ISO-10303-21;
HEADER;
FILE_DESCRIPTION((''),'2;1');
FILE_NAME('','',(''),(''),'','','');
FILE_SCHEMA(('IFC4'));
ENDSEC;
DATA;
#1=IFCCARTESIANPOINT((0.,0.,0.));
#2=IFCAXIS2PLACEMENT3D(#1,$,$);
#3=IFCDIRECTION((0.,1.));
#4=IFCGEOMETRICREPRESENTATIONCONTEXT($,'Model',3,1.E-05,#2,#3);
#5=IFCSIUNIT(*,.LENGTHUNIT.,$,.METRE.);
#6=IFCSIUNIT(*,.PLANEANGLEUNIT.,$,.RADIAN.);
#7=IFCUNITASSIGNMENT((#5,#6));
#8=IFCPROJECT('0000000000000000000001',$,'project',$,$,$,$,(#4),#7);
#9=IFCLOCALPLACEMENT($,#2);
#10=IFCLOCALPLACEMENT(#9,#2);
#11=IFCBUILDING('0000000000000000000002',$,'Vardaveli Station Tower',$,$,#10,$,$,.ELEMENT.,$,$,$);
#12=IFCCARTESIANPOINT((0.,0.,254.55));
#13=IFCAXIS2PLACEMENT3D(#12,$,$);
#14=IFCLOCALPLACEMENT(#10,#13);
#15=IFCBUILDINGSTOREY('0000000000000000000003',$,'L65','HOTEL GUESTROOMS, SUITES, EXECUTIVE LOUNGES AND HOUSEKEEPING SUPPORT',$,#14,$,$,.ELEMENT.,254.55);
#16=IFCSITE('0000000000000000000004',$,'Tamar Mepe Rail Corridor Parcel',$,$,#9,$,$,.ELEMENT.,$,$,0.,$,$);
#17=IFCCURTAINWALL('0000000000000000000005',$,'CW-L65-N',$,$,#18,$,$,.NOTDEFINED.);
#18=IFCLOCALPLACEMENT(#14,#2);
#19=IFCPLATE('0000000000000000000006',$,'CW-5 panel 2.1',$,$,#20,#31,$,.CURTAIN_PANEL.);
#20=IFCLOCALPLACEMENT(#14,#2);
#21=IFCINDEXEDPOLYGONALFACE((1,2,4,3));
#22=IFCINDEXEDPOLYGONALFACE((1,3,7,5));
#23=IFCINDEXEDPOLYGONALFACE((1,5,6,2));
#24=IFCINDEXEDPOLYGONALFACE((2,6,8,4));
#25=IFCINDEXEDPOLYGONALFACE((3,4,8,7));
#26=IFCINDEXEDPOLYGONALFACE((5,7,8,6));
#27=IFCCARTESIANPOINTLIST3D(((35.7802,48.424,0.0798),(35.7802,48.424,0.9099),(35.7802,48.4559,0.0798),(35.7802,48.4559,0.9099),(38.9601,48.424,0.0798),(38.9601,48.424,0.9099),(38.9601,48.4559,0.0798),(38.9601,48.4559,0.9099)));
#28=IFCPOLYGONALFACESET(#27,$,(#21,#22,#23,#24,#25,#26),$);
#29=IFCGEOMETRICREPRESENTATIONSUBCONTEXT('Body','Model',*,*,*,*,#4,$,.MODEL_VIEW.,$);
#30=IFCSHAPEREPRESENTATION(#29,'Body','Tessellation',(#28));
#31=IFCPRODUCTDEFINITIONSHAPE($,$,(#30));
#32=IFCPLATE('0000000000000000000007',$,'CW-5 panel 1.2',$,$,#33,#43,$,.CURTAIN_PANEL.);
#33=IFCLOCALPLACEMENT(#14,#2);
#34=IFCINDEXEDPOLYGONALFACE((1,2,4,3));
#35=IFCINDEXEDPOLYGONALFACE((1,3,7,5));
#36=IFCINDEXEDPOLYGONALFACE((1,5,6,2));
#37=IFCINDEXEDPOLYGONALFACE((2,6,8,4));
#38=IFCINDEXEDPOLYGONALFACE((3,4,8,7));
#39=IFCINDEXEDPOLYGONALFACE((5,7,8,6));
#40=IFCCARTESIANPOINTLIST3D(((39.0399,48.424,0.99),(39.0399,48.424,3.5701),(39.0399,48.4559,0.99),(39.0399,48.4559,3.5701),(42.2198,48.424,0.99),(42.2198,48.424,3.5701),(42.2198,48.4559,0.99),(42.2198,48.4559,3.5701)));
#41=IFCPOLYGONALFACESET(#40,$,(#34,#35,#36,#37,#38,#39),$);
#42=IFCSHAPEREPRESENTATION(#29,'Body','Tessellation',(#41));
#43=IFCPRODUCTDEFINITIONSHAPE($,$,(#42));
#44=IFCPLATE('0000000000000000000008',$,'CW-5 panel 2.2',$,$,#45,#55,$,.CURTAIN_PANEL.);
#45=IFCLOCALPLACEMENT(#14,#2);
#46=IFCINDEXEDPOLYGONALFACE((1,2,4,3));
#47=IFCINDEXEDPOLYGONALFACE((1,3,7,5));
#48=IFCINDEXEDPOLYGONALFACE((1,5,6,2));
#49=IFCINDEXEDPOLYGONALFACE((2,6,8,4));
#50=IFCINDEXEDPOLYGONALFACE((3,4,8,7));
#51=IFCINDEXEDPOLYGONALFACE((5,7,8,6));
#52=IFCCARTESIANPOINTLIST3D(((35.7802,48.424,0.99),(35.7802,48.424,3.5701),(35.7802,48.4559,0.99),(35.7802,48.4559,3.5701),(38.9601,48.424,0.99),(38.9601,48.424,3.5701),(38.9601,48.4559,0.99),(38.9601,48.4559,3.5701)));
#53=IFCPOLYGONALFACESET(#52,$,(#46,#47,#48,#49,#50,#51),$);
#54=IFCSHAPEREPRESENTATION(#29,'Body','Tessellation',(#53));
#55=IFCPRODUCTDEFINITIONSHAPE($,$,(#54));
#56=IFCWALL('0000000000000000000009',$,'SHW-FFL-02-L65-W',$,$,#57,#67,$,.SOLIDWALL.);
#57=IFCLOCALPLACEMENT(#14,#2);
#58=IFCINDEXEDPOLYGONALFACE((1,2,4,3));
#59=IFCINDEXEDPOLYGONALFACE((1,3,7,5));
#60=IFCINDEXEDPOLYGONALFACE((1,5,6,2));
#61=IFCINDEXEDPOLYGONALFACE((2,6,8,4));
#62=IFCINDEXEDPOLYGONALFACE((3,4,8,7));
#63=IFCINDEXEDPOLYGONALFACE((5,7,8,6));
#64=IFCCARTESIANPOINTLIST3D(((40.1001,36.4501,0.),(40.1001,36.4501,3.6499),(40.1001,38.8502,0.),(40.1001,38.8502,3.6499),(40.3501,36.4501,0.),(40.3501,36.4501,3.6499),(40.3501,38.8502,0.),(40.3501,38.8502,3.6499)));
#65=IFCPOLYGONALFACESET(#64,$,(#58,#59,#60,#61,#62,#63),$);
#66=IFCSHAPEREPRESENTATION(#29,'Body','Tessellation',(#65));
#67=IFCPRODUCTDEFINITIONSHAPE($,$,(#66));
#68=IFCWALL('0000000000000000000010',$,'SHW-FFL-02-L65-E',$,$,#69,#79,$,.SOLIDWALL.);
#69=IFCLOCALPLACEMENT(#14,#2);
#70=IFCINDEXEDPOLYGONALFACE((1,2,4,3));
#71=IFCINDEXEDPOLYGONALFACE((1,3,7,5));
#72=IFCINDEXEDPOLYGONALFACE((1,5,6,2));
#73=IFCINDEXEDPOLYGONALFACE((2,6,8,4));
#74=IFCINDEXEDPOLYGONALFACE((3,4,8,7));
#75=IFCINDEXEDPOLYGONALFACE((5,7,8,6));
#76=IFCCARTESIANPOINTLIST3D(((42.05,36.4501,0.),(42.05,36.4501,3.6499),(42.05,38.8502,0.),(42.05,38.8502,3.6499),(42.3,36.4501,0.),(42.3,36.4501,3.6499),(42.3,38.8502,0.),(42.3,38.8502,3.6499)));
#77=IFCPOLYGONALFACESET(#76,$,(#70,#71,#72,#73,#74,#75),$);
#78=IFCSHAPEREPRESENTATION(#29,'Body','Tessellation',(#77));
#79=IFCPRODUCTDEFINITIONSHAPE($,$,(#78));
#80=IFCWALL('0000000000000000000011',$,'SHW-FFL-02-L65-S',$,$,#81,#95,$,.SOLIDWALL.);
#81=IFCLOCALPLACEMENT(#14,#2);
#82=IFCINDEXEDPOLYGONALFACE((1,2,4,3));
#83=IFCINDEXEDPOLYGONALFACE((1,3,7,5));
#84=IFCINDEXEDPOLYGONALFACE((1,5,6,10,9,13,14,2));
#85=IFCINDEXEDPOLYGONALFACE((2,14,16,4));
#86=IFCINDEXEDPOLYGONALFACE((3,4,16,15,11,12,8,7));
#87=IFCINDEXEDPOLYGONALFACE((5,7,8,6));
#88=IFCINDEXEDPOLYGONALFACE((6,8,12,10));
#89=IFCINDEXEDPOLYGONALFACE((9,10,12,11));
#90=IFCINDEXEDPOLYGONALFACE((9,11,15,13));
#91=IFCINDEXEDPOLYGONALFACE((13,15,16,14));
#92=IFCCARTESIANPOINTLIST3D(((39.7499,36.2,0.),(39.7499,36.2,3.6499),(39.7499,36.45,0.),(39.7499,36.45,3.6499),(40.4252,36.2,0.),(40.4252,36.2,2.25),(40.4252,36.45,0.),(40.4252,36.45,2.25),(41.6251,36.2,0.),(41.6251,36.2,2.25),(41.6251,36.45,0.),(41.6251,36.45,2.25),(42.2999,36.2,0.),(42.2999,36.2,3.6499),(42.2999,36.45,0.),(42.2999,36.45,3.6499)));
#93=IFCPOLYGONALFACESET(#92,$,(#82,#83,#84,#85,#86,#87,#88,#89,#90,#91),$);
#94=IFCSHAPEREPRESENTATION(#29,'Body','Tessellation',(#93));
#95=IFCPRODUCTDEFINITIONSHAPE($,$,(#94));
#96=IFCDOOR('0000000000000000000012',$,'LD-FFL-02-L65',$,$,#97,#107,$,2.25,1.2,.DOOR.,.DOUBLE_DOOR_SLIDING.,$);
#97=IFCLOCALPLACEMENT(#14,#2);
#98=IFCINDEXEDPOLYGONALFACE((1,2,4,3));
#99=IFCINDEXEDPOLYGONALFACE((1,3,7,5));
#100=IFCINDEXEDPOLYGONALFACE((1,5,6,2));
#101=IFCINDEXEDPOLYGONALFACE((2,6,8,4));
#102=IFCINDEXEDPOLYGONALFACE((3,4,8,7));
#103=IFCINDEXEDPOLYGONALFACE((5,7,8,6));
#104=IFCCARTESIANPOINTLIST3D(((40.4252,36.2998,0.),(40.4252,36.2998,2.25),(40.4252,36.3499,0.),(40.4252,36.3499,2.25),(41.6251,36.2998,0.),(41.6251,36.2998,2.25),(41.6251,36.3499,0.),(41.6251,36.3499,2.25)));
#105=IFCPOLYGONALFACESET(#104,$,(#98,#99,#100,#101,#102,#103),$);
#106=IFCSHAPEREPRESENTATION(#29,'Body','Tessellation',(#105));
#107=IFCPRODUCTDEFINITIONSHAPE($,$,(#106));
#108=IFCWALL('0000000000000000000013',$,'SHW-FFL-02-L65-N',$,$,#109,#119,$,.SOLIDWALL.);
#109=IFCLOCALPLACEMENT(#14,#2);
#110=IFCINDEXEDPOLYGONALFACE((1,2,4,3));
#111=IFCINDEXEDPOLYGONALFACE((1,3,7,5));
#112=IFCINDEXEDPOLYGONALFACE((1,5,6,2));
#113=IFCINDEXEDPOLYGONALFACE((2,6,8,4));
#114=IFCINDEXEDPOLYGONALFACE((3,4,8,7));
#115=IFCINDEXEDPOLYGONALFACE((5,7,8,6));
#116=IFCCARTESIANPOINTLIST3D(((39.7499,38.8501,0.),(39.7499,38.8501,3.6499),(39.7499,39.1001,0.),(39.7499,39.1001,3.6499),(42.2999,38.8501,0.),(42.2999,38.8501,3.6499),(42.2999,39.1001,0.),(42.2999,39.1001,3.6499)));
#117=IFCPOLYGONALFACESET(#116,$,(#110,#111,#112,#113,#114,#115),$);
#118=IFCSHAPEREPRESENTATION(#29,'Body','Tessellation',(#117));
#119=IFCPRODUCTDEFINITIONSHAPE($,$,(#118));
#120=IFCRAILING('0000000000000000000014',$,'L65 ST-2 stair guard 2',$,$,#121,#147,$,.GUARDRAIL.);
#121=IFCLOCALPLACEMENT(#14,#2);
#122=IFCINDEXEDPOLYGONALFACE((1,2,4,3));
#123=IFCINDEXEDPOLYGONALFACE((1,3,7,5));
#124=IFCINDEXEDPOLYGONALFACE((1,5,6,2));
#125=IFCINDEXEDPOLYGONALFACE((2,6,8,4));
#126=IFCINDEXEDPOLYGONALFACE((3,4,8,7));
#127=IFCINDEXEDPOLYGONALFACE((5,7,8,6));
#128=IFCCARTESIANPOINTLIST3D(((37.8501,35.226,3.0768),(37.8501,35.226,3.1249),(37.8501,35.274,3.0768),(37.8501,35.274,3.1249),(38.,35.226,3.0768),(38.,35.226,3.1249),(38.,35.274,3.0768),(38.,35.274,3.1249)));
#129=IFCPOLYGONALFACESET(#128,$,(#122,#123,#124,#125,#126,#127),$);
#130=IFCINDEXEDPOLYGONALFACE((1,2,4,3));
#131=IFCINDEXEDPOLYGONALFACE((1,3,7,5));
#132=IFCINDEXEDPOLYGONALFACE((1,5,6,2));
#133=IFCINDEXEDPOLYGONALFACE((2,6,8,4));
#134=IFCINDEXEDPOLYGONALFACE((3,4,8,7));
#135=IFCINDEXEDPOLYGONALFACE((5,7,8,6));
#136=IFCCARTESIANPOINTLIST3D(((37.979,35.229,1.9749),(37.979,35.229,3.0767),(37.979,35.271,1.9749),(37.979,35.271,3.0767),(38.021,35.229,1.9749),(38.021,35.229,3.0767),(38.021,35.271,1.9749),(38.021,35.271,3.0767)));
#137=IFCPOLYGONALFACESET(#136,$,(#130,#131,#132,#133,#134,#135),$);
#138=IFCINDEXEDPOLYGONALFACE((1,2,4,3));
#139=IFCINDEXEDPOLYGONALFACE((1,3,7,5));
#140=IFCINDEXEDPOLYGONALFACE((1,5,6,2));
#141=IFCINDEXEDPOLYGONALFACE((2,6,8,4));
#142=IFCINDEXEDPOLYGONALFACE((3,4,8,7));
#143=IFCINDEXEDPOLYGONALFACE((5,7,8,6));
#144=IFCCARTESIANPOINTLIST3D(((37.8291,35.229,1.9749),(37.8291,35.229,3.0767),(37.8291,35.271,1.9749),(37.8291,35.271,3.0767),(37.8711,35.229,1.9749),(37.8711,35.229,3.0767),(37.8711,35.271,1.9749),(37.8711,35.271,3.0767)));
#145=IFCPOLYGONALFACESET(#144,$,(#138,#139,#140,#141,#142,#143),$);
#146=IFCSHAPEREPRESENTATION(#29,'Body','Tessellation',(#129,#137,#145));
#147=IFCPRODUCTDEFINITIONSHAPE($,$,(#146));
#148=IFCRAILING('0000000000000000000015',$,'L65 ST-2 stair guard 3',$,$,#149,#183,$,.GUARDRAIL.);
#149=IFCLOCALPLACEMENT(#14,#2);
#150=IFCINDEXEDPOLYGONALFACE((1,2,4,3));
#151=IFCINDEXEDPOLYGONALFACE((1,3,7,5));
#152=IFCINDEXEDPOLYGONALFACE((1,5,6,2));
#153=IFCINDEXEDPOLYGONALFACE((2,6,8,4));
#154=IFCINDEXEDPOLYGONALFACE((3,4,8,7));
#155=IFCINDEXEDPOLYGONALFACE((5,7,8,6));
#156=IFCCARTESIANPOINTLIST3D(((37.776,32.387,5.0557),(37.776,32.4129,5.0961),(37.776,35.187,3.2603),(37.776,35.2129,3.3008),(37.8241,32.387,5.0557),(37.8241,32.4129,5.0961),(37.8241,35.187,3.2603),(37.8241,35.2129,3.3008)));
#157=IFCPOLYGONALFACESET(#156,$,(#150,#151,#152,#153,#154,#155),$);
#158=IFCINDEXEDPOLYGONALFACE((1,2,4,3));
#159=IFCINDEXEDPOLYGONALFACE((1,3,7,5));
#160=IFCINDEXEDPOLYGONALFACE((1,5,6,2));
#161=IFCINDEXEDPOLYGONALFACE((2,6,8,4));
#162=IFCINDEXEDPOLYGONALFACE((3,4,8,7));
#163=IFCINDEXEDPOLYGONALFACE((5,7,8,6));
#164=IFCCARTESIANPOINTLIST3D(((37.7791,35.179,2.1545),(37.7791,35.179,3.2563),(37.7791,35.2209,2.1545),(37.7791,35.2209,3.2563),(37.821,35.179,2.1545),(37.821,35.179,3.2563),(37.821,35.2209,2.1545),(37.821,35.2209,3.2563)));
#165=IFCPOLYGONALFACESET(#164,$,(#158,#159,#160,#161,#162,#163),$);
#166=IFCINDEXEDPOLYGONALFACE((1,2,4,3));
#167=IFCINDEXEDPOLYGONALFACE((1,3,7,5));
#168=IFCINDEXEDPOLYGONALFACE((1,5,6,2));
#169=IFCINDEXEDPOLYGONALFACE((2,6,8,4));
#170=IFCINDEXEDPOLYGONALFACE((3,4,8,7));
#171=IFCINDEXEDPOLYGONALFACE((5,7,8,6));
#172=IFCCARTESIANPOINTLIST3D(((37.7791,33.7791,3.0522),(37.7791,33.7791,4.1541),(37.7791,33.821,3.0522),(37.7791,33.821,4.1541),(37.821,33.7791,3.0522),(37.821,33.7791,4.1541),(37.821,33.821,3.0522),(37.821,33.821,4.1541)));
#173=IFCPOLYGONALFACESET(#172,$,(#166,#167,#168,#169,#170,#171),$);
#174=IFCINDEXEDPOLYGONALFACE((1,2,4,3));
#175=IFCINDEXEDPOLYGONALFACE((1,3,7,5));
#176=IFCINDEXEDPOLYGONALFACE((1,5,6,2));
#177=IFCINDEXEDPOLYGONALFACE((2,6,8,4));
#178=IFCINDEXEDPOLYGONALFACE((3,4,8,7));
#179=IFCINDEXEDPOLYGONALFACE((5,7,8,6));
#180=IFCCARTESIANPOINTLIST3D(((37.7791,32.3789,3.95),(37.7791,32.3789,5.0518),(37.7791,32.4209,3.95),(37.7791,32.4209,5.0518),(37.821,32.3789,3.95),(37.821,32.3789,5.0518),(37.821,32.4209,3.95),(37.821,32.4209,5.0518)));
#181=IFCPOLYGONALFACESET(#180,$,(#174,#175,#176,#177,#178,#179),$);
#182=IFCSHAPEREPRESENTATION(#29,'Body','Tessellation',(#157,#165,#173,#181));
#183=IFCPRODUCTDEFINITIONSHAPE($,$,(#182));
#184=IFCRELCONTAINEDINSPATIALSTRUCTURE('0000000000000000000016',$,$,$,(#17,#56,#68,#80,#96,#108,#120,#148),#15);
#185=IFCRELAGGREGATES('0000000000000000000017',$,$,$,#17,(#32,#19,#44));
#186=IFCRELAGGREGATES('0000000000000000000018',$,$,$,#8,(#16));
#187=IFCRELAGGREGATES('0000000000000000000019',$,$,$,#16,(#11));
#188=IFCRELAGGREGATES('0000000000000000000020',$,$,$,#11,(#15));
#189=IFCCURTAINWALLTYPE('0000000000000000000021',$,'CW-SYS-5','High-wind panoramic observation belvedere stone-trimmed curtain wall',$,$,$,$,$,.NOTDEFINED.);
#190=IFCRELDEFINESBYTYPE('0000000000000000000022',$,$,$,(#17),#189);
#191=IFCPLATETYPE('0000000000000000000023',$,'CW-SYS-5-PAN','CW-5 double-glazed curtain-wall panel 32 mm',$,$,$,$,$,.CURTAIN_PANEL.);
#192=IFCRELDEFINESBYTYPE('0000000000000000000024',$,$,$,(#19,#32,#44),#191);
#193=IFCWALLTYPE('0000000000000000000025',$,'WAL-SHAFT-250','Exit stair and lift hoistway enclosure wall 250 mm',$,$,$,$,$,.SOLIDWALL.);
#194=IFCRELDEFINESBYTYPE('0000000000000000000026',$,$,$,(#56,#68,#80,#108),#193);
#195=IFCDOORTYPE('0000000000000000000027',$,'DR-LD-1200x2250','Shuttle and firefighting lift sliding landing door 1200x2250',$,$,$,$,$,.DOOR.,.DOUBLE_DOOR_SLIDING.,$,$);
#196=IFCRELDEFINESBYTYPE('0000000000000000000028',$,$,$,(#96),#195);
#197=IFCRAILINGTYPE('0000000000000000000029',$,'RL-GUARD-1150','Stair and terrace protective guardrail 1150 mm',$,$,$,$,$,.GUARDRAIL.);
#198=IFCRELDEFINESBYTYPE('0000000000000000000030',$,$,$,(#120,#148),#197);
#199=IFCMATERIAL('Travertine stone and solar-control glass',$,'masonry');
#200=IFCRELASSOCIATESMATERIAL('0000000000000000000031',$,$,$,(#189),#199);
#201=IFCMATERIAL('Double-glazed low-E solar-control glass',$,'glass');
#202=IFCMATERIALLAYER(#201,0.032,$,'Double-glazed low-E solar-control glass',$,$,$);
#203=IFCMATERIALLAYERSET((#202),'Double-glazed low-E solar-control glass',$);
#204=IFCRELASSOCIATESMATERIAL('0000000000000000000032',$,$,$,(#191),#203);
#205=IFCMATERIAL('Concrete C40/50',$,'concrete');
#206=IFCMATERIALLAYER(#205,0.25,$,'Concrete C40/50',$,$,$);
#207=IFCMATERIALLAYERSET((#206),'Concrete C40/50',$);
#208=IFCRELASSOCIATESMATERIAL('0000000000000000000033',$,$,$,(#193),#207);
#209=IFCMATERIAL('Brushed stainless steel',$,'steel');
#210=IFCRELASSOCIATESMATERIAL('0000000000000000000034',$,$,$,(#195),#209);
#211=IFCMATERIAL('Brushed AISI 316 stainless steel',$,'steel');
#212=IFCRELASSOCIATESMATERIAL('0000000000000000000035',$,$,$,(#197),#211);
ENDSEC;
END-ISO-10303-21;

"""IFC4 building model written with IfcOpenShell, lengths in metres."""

from ifc_helpers import new_model, si_unit, direction, frame, frame_2d, origin, origin_2d, place, context, subcontext, project, spatial, rectangle, extrude, source, transform, mapped, material, layer, layer_set, type_object, element, fill, aggregate, save


model = new_model("IFC4")

# Units and contexts
model_context = context("Model", 3, precision=1e-05, world=origin(), true_north=direction((0.0, 1.0)))
body_context = subcontext(model_context, "Body", "Model", "MODEL_VIEW")
ifc_project = project(units=[si_unit("LENGTHUNIT", "METRE"), si_unit("PLANEANGLEUNIT", "RADIAN")], contexts=[model_context])

# Site, building, storey
site_placement = place(None, origin())
site = spatial("IfcSite", under=ifc_project, at=site_placement, Name="Tamar Mepe Rail Corridor Parcel", CompositionType="ELEMENT", RefElevation=0.0)
building_placement = place(site_placement, origin())
building = spatial("IfcBuilding", under=site, at=building_placement, Name="Vardaveli Station Tower", CompositionType="ELEMENT")
storey_placement = place(building_placement, frame((0.0, 0.0, 254.55)))
storey = spatial("IfcBuildingStorey", under=building, at=storey_placement, Name="L65", Description="HOTEL GUESTROOMS, SUITES, EXECUTIVE LOUNGES AND HOUSEKEEPING SUPPORT", CompositionType="ELEMENT", Elevation=254.55)

# Curtain wall, plates
ifc_material_1 = material(Name="Travertine stone and solar-control glass", Category="masonry")
curtain_wall_type = type_object("IfcCurtainWallType", Name="CW-SYS-5", Description="High-wind panoramic observation belvedere stone-trimmed curtain wall", PredefinedType="NOTDEFINED", material=ifc_material_1)
curtain_wall_placement = place(storey_placement, origin())
curtain_wall = element("IfcCurtainWall", 1, at=curtain_wall_placement, inside=storey, type_object=curtain_wall_type, Name="CW-L65-N", PredefinedType="NOTDEFINED")
ifc_material_2 = material(Name="Double-glazed low-E solar-control glass", Category="glass")
ifc_layer_1 = layer(ifc_material_2, 0.032, Name="Double-glazed low-E solar-control glass")
ifc_layer_set_1 = layer_set([ifc_layer_1], Name="Double-glazed low-E solar-control glass")
plate_type = type_object("IfcPlateType", Name="CW-SYS-5-PAN", Description="CW-5 double-glazed curtain-wall panel 32 mm", PredefinedType="CURTAIN_PANEL", material=ifc_layer_set_1)
shared_shape_1 = source(origin(), body_context, "Body", "SweptSolid", [
    extrude(rectangle(XDim=3.1799, YDim=0.032, at=origin_2d()), origin(), (0.0, 0.0, 1.0), 0.8301),
])
plate_1_placement = place(storey_placement, frame((37.3701, 48.4399, 0.0798), z_axis=(0.0, 0.0, 1.0), x_axis=(-1.0, 0.0, 0.0)))
plate_1 = element("IfcPlate", 2, at=plate_1_placement, type_object=plate_type, Name="CW-5 panel 2.1", PredefinedType="CURTAIN_PANEL", context=body_context, shape_type="MappedRepresentation", body=[
    mapped(shared_shape_1, transform((0.0, 0.0, 0.0), scale=1.0)),
])
shared_shape_2 = source(origin(), body_context, "Body", "SweptSolid", [
    extrude(rectangle(XDim=3.1799, YDim=0.032, at=origin_2d()), origin(), (0.0, 0.0, 1.0), 2.5801),
])
plate_2_placement = place(storey_placement, frame((40.6299, 48.4399, 0.99), z_axis=(0.0, 0.0, 1.0), x_axis=(-1.0, 0.0, 0.0)))
plate_2 = element("IfcPlate", 3, at=plate_2_placement, type_object=plate_type, Name="CW-5 panel 1.2", PredefinedType="CURTAIN_PANEL", context=body_context, shape_type="MappedRepresentation", body=[
    mapped(shared_shape_2, transform((0.0, 0.0, 0.0), scale=1.0)),
])
plate_3_placement = place(storey_placement, frame((37.3701, 48.4399, 0.99), z_axis=(0.0, 0.0, 1.0), x_axis=(-1.0, 0.0, 0.0)))
plate_3 = element("IfcPlate", 4, at=plate_3_placement, type_object=plate_type, Name="CW-5 panel 2.2", PredefinedType="CURTAIN_PANEL", context=body_context, shape_type="MappedRepresentation", body=[
    mapped(shared_shape_2, transform((0.0, 0.0, 0.0), scale=1.0)),
])
aggregate(curtain_wall, [plate_2, plate_1, plate_3])

# Walls
ifc_material_3 = material(Name="Concrete C40/50", Category="concrete")
ifc_layer_2 = layer(ifc_material_3, 0.25, Name="Concrete C40/50")
ifc_layer_set_2 = layer_set([ifc_layer_2], Name="Concrete C40/50")
wall_type = type_object("IfcWallType", Name="WAL-SHAFT-250", Description="Exit stair and lift hoistway enclosure wall 250 mm", PredefinedType="SOLIDWALL", material=ifc_layer_set_2)
shared_shape_3 = source(origin(), body_context, "Body", "SweptSolid", [
    extrude(rectangle(XDim=2.4001, YDim=0.25, at=frame_2d((1.2002, 0.0))), origin(), (0.0, 0.0, 1.0), 3.6499),
])
for number, where, z_axis, x_axis, name in (
    (5, (40.2251, 36.45, 0.0), (0.0, 0.0, 1.0), (0.0, 1.0, 0.0), "SHW-FFL-02-L65-W"),
    (6, (42.175, 36.45, 0.0), (0.0, 0.0, 1.0), (0.0, 1.0, 0.0), "SHW-FFL-02-L65-E"),
):
    element("IfcWall", number, at=place(storey_placement, frame(where, z_axis=z_axis, x_axis=x_axis)), inside=storey, type_object=wall_type, Name=name, PredefinedType="SOLIDWALL", context=body_context, shape_type="MappedRepresentation", body=[
        mapped(shared_shape_3, transform((0.0, 0.0, 0.0), scale=1.0)),
    ])

# Wall, opening, door
shared_shape_4 = source(origin(), body_context, "Body", "SweptSolid", [
    extrude(rectangle(XDim=2.55, YDim=0.25, at=frame_2d((1.2749, 0.0))), origin(), (0.0, 0.0, 1.0), 3.6499),
])
wall_1_placement = place(storey_placement, frame((39.75, 36.325, 0.0), z_axis=(0.0, 0.0, 1.0), x_axis=(1.0, 0.0, 0.0)))
wall_1 = element("IfcWall", 7, at=wall_1_placement, inside=storey, type_object=wall_type, Name="SHW-FFL-02-L65-S", PredefinedType="SOLIDWALL", context=body_context, shape_type="MappedRepresentation", body=[
    mapped(shared_shape_4, transform((0.0, 0.0, 0.0), scale=1.0)),
])
shared_shape_5 = source(origin(), body_context, "Body", "SweptSolid", [
    extrude(rectangle(XDim=1.2, YDim=2.25, at=frame_2d((0.6001, 1.125))), frame((0.0, 0.135, 0.0), z_axis=(0.0, -1.0, 0.0), x_axis=(1.0, 0.0, 0.0)), (0.0, 0.0, 1.0), 0.27),
])
opening_placement = place(wall_1_placement, frame((0.675, 0.0, 0.0)))
opening = element("IfcOpeningElement", 8, at=opening_placement, cuts=wall_1, PredefinedType="OPENING", context=body_context, shape_type="MappedRepresentation", body=[
    mapped(shared_shape_5, transform((0.0, 0.0, 0.0), scale=1.0)),
])
ifc_material_4 = material(Name="Brushed stainless steel", Category="steel")
door_type = type_object("IfcDoorType", Name="DR-LD-1200x2250", Description="Shuttle and firefighting lift sliding landing door 1200x2250", OperationType="DOUBLE_DOOR_SLIDING", PredefinedType="DOOR", material=ifc_material_4)
shared_shape_6 = source(origin(), body_context, "Body", "SweptSolid", [
    extrude(rectangle(XDim=1.2, YDim=2.25, at=frame_2d((0.6001, 1.125))), frame((0.0, 0.0249, 0.0), z_axis=(0.0, -1.0, 0.0), x_axis=(1.0, 0.0, 0.0)), (0.0, 0.0, 1.0), 0.05),
])
door_placement = place(opening_placement, origin())
door = element("IfcDoor", 9, at=door_placement, inside=storey, type_object=door_type, Name="LD-FFL-02-L65", OperationType="DOUBLE_DOOR_SLIDING", OverallHeight=2.25, OverallWidth=1.2, PredefinedType="DOOR", context=body_context, shape_type="MappedRepresentation", body=[
    mapped(shared_shape_6, transform((0.0, 0.0, 0.0), scale=1.0)),
])
fill(opening, door)

# Wall
wall_2_placement = place(storey_placement, frame((39.75, 38.9751, 0.0), z_axis=(0.0, 0.0, 1.0), x_axis=(1.0, 0.0, 0.0)))
element("IfcWall", 10, at=wall_2_placement, inside=storey, type_object=wall_type, Name="SHW-FFL-02-L65-N", PredefinedType="SOLIDWALL", context=body_context, shape_type="MappedRepresentation", body=[
    mapped(shared_shape_4, transform((0.0, 0.0, 0.0), scale=1.0)),
])

# Railings
ifc_material_5 = material(Name="Brushed AISI 316 stainless steel", Category="steel")
railing_type = type_object("IfcRailingType", Name="RL-GUARD-1150", Description="Stair and terrace protective guardrail 1150 mm", PredefinedType="GUARDRAIL", material=ifc_material_5)
shared_shape_7 = source(origin(), body_context, "Body", "SweptSolid", [
    extrude(rectangle(XDim=0.0481, YDim=0.0481, at=origin_2d()), frame((0.0, 0.0, 1.126), z_axis=(-1.0, 0.0, 0.0), x_axis=(0.0, -1.0, 0.0)), (0.0, 0.0, 1.0), 0.1499),
    extrude(rectangle(XDim=0.042, YDim=0.042, at=origin_2d()), origin(), (0.0, 0.0, 1.0), 1.1018),
    extrude(rectangle(XDim=0.042, YDim=0.042, at=origin_2d()), frame((-0.1499, 0.0, 0.0)), (0.0, 0.0, 1.0), 1.1018),
])
railing_1_placement = place(storey_placement, frame((38.0, 35.25, 1.9749)))
element("IfcRailing", 11, at=railing_1_placement, inside=storey, type_object=railing_type, Name="L65 ST-2 stair guard 2", PredefinedType="GUARDRAIL", context=body_context, shape_type="MappedRepresentation", body=[
    mapped(shared_shape_7, transform((0.0, 0.0, 0.0), scale=1.0)),
])
shared_shape_8 = source(origin(), body_context, "Body", "SweptSolid", [
    extrude(rectangle(XDim=0.0481, YDim=0.0481, at=origin_2d()), frame((0.0, 0.0, 1.126), z_axis=(0.0, -0.84181, 0.539774), x_axis=(1.0, 0.0, 0.0)), (0.0, 0.0, 1.0), 3.3262),
    extrude(rectangle(XDim=0.042, YDim=0.042, at=origin_2d()), origin(), (0.0, 0.0, 1.0), 1.1018),
    extrude(rectangle(XDim=0.042, YDim=0.042, at=origin_2d()), frame((0.0, -1.3999, 0.8977)), (0.0, 0.0, 1.0), 1.1018),
    extrude(rectangle(XDim=0.042, YDim=0.042, at=origin_2d()), frame((0.0, -2.8, 1.7954)), (0.0, 0.0, 1.0), 1.1018),
])
railing_2_placement = place(storey_placement, frame((37.8, 35.2, 2.1545)))
element("IfcRailing", 12, at=railing_2_placement, inside=storey, type_object=railing_type, Name="L65 ST-2 stair guard 3", PredefinedType="GUARDRAIL", context=body_context, shape_type="MappedRepresentation", body=[
    mapped(shared_shape_8, transform((0.0, 0.0, 0.0), scale=1.0)),
])

save(model, "model.ifc")
